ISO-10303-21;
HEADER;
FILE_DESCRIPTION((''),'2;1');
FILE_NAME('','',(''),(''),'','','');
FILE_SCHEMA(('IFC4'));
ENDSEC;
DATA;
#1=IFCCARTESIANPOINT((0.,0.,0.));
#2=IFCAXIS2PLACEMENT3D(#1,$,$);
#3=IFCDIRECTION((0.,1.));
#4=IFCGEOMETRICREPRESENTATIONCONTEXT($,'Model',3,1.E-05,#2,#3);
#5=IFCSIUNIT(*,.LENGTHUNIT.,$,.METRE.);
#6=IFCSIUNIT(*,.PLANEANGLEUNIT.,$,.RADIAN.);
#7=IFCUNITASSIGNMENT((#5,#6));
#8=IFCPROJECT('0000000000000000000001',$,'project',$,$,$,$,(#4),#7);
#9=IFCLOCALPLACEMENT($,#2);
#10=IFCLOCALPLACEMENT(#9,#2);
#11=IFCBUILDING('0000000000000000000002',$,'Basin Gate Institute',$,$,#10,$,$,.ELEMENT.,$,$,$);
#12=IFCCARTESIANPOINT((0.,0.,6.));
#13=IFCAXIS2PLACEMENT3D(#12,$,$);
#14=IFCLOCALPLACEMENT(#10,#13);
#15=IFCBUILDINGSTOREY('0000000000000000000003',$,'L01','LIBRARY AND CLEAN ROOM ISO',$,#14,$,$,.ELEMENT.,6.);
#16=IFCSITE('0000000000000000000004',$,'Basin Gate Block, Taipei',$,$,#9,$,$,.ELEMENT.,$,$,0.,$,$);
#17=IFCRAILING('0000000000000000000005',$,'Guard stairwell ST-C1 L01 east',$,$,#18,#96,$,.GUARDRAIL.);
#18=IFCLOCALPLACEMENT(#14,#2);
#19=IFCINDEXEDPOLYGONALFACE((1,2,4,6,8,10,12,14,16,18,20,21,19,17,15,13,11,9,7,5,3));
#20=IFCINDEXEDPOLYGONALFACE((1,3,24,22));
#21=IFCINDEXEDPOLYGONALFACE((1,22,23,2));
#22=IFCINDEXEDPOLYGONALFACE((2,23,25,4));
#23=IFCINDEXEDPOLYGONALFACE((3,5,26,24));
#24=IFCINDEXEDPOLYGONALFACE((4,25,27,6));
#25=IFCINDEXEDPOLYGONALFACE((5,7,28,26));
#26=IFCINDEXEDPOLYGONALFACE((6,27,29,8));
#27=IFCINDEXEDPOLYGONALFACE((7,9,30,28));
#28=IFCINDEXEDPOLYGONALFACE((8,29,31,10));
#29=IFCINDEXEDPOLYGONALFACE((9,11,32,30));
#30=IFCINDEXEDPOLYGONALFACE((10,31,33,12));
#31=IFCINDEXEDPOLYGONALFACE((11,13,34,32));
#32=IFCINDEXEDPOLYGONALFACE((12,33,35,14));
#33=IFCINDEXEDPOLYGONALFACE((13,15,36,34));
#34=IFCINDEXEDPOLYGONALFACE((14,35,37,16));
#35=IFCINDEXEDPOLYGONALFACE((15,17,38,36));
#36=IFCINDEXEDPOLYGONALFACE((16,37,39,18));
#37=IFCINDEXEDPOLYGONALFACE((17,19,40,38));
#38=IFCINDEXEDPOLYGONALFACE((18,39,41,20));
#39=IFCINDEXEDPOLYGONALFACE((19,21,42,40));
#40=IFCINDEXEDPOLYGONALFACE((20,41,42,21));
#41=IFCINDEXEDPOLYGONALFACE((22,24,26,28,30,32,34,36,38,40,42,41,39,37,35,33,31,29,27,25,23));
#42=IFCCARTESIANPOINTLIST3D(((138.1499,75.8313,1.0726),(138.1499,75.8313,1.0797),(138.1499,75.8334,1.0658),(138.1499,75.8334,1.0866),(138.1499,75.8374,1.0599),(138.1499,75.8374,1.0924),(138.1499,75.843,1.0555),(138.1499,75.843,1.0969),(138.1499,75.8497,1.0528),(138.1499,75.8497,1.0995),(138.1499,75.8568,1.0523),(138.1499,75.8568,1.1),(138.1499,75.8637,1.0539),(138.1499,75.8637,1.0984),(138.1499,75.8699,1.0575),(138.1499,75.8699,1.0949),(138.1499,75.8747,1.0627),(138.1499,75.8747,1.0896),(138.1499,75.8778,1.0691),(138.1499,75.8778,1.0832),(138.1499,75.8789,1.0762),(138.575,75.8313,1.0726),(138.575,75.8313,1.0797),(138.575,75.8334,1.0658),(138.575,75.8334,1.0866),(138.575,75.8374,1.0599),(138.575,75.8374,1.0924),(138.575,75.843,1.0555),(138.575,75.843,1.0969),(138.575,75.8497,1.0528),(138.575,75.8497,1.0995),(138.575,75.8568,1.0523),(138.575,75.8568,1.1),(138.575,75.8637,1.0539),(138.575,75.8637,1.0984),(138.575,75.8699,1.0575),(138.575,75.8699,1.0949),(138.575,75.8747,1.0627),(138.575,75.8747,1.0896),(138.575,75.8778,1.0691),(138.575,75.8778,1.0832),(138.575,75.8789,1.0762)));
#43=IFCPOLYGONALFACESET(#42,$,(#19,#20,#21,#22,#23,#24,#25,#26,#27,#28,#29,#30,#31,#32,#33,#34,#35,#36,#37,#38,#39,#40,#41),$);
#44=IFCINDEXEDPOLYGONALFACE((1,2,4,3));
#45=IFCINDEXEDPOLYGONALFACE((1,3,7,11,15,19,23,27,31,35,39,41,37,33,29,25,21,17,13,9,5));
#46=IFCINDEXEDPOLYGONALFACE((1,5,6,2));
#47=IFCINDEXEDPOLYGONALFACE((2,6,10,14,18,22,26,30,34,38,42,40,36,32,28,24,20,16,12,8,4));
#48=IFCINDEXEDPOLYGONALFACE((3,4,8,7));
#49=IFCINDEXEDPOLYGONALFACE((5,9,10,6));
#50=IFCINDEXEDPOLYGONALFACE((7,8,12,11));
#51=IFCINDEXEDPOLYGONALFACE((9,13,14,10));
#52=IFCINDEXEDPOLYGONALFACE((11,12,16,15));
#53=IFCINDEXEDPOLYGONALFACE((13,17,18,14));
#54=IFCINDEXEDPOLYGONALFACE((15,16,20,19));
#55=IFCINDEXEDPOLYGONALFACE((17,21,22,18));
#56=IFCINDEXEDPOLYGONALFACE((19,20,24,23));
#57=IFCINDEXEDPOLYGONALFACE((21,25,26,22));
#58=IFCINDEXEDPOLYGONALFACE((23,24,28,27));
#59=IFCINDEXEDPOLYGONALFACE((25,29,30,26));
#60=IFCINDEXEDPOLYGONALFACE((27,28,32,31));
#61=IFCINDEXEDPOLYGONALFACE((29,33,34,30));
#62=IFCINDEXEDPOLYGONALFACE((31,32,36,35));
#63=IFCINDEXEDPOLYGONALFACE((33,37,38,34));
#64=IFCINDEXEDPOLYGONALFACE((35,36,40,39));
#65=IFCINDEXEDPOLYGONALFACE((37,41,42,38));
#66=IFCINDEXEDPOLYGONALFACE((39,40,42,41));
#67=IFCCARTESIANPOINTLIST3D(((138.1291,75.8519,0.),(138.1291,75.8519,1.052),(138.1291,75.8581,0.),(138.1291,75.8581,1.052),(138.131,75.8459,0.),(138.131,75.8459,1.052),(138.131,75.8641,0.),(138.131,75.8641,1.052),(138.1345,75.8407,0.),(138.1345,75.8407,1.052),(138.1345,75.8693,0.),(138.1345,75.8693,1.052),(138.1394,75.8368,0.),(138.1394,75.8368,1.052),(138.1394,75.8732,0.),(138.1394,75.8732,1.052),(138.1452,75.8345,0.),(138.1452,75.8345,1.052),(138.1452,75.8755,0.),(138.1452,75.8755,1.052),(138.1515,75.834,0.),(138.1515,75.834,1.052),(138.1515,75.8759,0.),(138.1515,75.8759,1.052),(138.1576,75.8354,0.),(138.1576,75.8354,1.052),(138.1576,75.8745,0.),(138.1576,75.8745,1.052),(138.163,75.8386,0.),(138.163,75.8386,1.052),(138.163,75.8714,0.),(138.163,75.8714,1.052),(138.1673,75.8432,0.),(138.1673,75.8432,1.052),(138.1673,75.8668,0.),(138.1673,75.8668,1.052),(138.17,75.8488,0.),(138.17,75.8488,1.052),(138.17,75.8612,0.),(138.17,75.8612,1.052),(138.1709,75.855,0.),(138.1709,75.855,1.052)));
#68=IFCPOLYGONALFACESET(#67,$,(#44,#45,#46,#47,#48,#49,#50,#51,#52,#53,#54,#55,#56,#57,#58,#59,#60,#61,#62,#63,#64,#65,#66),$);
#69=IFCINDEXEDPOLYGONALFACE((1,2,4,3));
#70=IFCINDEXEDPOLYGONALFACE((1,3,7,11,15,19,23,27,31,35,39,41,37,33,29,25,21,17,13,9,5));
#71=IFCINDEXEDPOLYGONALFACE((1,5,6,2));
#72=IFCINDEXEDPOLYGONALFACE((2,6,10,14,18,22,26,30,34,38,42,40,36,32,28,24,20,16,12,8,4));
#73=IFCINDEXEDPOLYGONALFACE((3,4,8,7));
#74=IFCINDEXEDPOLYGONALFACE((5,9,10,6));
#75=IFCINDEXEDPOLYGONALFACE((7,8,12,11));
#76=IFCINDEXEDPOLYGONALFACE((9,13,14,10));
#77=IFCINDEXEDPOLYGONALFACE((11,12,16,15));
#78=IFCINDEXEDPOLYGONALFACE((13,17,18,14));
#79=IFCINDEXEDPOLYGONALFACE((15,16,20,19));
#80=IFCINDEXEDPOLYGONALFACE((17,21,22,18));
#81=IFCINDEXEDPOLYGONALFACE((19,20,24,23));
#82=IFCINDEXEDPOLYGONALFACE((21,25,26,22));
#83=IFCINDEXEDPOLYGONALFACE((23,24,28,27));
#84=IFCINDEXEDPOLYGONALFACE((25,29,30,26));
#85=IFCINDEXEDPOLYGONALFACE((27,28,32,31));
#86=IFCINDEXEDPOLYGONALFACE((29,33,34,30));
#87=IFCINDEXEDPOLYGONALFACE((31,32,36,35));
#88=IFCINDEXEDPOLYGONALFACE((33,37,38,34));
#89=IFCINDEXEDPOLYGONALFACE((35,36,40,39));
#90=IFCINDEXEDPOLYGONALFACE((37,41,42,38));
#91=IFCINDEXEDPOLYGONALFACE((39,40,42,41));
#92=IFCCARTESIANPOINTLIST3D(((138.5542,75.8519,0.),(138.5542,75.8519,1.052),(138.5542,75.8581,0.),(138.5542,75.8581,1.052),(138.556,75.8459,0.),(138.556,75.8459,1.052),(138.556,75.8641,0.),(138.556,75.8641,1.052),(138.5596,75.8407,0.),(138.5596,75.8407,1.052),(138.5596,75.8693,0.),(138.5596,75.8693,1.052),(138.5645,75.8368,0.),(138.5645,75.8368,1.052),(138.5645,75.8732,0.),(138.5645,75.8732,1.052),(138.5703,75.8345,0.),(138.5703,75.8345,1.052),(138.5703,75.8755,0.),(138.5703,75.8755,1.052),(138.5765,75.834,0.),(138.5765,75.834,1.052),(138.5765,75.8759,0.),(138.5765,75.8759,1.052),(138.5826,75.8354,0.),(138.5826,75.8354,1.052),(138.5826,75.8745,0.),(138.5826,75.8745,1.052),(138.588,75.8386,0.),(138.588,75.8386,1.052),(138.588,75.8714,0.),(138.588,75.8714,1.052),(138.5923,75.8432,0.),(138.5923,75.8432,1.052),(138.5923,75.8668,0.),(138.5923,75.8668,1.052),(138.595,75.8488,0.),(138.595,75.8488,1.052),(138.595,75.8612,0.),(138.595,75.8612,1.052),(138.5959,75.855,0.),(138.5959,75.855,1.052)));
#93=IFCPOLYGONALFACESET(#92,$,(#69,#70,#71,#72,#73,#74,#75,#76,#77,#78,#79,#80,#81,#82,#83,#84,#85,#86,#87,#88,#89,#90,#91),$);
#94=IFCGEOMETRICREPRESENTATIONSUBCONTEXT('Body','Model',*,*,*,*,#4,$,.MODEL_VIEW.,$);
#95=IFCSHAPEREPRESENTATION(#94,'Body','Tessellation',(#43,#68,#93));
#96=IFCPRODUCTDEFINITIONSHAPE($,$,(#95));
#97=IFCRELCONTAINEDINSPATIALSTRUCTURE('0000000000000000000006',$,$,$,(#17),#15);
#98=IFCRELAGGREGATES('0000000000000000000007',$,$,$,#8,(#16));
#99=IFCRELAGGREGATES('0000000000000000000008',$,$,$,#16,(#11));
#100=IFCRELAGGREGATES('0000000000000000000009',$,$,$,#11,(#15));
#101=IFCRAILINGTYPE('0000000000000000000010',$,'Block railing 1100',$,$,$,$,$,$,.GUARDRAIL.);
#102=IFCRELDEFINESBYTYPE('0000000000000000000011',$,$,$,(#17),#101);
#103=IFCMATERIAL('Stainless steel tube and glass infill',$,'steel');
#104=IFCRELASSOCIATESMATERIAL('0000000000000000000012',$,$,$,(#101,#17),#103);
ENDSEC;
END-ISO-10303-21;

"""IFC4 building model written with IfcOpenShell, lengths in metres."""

from ifc_helpers import new_model, si_unit, direction, frame, origin, origin_2d, place, context, subcontext, project, spatial, circle, extrude, material, type_object, element, save


model = new_model("IFC4")

# Units and contexts
model_context = context("Model", 3, precision=1e-05, world=origin(), true_north=direction((0.0, 1.0)))
body_context = subcontext(model_context, "Body", "Model", "MODEL_VIEW")
ifc_project = project(units=[si_unit("LENGTHUNIT", "METRE"), si_unit("PLANEANGLEUNIT", "RADIAN")], contexts=[model_context])

# Site, building, storey
site_placement = place(None, origin())
site = spatial("IfcSite", under=ifc_project, at=site_placement, Name="Basin Gate Block, Taipei", CompositionType="ELEMENT", RefElevation=0.0)
building_placement = place(site_placement, origin())
building = spatial("IfcBuilding", under=site, at=building_placement, Name="Basin Gate Institute", CompositionType="ELEMENT")
storey_placement = place(building_placement, frame((0.0, 0.0, 6.0)))
storey = spatial("IfcBuildingStorey", under=building, at=storey_placement, Name="L01", Description="LIBRARY AND CLEAN ROOM ISO", CompositionType="ELEMENT", Elevation=6.0)

# Railing
ifc_material_1 = material(Name="Stainless steel tube and glass infill", Category="steel")
railing_type_1 = type_object("IfcRailingType", Name="Block railing 1100", PredefinedType="GUARDRAIL", material=ifc_material_1)
railing_1_placement = place(storey_placement, frame((138.1499, 75.855, 0.0)))
element("IfcRailing", 1, at=railing_1_placement, inside=storey, type_object=railing_type_1, material=ifc_material_1, Name="Guard stairwell ST-C1 L01 east", PredefinedType="GUARDRAIL", context=body_context, shape_type="SweptSolid", body=[
    extrude(circle(Radius=0.0239, at=origin_2d()), frame((0.0, 0.0, 1.0762), z_axis=(1.0, 0.0, 0.0), x_axis=(0.0, 1.0, 0.0)), (0.0, 0.0, 1.0), 0.425),
    extrude(circle(Radius=0.021, at=origin_2d()), origin(), (0.0, 0.0, 1.0), 1.052),
    extrude(circle(Radius=0.021, at=origin_2d()), frame((0.425, 0.0, 0.0)), (0.0, 0.0, 1.0), 1.052),
])

save(model, "model.ifc")
